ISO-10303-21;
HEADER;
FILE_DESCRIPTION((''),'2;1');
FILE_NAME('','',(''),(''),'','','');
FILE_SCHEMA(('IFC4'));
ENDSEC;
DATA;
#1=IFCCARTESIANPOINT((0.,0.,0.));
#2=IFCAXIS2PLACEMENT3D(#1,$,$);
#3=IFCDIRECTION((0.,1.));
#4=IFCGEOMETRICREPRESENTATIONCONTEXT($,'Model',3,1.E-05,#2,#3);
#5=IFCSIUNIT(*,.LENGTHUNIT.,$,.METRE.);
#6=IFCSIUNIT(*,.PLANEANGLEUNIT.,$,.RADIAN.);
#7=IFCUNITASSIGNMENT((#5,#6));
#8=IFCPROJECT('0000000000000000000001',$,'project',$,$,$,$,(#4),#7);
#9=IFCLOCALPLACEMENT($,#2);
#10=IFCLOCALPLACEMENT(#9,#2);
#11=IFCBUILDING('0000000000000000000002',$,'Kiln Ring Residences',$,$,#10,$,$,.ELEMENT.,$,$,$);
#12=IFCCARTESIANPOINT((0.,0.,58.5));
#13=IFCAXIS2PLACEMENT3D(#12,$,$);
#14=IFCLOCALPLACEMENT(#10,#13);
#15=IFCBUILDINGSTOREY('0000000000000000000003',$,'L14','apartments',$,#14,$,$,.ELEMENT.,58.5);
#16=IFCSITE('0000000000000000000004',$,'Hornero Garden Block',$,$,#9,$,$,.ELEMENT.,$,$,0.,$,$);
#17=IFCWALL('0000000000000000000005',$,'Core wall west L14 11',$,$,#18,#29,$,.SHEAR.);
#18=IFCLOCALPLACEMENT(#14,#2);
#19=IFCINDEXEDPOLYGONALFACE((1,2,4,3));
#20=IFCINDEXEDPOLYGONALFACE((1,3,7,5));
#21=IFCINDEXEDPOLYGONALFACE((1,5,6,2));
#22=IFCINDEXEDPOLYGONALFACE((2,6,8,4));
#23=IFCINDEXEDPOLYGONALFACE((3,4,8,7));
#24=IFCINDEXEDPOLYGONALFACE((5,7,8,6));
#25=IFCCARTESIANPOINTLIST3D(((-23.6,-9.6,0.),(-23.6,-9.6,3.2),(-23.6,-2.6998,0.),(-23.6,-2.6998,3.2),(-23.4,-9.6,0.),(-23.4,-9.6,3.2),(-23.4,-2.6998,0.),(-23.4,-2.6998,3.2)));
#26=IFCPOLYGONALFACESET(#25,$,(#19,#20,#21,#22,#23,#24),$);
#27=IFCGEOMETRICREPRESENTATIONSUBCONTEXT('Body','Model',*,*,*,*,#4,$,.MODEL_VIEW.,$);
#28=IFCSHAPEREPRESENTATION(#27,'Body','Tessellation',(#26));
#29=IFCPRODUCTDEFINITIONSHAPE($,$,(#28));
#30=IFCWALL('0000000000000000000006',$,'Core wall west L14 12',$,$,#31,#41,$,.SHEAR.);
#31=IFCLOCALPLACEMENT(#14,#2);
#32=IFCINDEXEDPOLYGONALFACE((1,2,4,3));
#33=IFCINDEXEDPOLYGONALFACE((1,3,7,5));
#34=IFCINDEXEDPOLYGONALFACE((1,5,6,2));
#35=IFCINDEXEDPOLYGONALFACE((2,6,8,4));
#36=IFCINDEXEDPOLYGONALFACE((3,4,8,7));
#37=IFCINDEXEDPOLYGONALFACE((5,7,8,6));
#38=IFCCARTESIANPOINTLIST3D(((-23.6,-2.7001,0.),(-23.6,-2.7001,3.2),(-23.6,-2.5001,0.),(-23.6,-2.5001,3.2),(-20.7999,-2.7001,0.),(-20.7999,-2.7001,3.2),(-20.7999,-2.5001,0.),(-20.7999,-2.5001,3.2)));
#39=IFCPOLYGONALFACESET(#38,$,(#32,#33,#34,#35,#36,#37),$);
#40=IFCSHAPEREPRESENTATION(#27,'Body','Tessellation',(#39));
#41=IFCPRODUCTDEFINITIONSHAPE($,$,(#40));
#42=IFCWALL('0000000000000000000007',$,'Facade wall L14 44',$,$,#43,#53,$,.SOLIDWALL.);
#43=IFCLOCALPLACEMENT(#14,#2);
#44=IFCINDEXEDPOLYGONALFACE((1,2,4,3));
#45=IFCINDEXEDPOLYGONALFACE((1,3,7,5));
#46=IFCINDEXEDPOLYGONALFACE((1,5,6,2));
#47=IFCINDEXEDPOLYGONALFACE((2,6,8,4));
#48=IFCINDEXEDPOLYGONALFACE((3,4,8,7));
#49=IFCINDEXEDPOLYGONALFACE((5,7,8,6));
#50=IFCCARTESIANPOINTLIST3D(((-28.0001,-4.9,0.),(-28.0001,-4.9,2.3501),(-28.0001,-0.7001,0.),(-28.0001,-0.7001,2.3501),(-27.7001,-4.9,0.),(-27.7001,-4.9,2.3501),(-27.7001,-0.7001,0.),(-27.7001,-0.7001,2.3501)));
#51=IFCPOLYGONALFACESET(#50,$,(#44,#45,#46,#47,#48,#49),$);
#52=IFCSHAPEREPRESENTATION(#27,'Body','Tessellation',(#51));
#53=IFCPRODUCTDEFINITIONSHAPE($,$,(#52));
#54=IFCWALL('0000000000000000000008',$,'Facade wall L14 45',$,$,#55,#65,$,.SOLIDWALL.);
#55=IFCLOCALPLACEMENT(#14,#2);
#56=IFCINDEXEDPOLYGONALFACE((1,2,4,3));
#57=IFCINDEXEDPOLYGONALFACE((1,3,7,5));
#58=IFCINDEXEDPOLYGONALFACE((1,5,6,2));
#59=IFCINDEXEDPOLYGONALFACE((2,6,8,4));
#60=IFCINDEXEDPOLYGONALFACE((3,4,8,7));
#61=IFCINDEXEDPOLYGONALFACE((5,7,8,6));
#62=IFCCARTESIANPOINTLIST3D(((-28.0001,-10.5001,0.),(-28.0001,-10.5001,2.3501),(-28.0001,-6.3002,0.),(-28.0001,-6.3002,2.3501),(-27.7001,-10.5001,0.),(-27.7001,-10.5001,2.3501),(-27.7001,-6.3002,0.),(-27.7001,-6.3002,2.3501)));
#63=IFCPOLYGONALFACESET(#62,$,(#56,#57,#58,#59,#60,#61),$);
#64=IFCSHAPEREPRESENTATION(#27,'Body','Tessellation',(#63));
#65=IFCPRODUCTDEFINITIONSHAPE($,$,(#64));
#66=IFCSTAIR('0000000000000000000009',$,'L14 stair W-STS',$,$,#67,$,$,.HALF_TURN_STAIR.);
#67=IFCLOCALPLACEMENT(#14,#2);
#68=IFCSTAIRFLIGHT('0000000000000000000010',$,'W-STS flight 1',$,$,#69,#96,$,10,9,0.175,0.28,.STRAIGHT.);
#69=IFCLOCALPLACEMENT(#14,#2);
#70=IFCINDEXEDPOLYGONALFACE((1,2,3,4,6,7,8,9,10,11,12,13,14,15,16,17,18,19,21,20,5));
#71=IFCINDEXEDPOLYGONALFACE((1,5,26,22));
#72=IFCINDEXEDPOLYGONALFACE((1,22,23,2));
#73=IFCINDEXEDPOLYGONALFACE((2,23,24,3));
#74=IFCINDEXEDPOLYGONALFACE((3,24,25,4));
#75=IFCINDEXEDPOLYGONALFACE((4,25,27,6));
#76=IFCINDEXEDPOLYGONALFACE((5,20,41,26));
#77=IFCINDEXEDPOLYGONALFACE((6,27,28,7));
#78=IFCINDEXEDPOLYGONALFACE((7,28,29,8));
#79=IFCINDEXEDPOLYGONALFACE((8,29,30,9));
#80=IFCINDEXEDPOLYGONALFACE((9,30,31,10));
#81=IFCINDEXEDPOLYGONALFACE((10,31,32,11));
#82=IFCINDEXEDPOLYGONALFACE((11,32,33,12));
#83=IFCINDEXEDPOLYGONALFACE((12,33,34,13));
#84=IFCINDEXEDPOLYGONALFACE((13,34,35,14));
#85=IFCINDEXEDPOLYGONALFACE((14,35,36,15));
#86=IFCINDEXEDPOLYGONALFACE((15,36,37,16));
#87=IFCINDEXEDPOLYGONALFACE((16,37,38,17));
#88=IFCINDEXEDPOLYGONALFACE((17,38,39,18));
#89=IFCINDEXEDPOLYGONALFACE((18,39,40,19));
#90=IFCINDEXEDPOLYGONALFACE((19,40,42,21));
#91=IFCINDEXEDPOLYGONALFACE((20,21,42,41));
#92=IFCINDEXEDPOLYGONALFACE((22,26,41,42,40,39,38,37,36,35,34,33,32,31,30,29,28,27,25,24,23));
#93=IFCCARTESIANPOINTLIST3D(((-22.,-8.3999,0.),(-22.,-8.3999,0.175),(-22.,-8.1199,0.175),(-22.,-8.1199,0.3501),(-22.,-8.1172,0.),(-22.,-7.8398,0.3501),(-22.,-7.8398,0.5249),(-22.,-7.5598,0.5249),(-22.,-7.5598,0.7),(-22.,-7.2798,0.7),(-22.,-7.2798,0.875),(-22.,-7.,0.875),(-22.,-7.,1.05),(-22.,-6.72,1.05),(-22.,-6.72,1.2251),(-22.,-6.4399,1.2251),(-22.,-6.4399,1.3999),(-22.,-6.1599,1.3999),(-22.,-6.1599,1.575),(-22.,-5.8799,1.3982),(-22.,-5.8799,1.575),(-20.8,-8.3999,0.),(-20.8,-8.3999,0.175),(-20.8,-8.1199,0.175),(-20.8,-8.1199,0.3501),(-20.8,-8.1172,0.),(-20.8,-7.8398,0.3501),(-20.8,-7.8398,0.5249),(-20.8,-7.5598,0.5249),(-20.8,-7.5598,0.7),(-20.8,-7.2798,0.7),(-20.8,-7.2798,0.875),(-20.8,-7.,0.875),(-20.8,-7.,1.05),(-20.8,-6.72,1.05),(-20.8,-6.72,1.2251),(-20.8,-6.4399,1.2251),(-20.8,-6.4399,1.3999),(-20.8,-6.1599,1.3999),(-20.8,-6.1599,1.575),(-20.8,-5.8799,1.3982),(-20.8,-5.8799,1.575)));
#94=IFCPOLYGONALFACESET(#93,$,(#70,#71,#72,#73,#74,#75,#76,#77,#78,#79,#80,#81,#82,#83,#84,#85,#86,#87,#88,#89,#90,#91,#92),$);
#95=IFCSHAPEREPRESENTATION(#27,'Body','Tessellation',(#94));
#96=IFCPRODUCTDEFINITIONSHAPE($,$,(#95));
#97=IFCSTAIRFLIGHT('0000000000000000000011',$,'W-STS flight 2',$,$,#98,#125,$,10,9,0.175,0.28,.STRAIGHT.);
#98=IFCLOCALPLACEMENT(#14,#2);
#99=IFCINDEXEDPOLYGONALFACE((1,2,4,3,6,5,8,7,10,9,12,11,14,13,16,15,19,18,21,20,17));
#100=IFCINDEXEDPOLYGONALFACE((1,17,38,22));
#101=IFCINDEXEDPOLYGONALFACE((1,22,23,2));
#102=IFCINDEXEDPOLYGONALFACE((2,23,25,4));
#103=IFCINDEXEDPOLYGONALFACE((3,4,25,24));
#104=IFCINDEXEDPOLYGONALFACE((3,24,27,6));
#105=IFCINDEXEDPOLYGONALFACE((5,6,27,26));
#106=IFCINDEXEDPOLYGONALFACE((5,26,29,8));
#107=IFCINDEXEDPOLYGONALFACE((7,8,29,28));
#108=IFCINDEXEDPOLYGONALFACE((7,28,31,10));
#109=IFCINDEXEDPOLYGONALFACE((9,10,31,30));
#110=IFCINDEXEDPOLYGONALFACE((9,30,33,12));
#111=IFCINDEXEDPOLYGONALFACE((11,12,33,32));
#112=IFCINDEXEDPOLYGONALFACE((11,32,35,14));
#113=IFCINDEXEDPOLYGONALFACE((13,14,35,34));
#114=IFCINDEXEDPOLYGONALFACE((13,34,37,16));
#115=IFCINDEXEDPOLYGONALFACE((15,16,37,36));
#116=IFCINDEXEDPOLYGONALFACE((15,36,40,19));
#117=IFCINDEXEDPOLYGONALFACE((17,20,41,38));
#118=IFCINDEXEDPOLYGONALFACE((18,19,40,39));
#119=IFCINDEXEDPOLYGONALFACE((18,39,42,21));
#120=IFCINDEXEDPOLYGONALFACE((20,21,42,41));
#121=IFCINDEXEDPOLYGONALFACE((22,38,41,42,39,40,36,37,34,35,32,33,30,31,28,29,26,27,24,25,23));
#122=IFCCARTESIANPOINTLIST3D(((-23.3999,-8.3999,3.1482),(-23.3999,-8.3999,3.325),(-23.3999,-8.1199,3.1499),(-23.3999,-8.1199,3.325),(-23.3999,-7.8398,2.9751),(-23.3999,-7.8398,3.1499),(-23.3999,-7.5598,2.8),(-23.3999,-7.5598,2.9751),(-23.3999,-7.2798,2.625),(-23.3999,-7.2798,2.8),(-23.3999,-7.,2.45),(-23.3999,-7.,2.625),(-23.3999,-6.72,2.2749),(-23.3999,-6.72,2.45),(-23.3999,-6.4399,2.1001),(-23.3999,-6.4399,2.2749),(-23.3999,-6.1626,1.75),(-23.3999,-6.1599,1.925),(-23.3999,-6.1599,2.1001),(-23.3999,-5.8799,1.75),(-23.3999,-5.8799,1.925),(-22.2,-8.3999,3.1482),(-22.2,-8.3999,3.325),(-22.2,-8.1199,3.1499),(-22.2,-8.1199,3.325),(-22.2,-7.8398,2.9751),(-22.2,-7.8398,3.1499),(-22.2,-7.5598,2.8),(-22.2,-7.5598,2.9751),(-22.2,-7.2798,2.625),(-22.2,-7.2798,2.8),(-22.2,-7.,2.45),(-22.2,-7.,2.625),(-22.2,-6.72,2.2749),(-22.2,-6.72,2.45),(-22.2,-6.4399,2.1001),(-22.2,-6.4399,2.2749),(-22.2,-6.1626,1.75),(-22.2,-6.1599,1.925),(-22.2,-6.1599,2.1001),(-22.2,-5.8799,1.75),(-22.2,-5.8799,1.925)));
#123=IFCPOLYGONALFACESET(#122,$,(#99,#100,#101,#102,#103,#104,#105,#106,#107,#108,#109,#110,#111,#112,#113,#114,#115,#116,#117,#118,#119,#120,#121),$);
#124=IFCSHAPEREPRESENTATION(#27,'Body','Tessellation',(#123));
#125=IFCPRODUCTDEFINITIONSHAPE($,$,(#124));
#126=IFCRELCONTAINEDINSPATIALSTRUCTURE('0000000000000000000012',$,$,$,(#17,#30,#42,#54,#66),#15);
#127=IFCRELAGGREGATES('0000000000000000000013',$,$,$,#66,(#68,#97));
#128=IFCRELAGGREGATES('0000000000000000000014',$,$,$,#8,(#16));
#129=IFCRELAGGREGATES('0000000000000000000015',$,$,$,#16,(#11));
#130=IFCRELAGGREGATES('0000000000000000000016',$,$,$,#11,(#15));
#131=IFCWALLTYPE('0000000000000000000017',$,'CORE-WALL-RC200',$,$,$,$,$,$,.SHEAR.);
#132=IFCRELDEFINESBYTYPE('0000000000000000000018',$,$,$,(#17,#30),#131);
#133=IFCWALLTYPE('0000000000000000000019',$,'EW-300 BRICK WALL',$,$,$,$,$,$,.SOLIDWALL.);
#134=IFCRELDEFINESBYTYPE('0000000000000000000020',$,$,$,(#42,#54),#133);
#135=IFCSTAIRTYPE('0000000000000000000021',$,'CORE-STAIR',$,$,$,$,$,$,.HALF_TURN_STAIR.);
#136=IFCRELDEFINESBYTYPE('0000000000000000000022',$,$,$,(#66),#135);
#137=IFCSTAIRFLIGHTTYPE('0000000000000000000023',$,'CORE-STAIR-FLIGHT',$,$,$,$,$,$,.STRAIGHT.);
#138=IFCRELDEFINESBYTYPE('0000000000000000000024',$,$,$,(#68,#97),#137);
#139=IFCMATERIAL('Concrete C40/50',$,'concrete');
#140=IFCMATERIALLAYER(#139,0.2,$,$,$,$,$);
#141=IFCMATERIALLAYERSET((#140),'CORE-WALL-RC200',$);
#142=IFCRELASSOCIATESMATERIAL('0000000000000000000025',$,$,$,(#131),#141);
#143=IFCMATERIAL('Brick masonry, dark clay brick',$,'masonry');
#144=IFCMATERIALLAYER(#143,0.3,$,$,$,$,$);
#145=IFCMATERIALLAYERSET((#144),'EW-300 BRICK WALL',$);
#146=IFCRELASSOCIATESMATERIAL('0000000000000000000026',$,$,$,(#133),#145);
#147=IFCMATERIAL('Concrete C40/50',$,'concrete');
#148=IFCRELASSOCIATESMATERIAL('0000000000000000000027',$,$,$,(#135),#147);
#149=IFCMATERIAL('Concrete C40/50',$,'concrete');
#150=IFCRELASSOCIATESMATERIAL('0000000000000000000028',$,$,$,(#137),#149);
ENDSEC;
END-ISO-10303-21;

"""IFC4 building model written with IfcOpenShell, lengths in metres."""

from ifc_helpers import new_model, si_unit, direction, frame, frame_2d, origin, place, context, subcontext, project, spatial, polyline, rectangle, outline, extrude, material, layer, layer_set, type_object, element, aggregate, save


model = new_model("IFC4")

# Units and contexts
model_context = context("Model", 3, precision=1e-05, world=origin(), true_north=direction((0.0, 1.0)))
body_context = subcontext(model_context, "Body", "Model", "MODEL_VIEW")
ifc_project = project(units=[si_unit("LENGTHUNIT", "METRE"), si_unit("PLANEANGLEUNIT", "RADIAN")], contexts=[model_context])

# Site, building, storey
site_placement = place(None, origin())
site = spatial("IfcSite", under=ifc_project, at=site_placement, Name="Hornero Garden Block", CompositionType="ELEMENT", RefElevation=0.0)
building_placement = place(site_placement, origin())
building = spatial("IfcBuilding", under=site, at=building_placement, Name="Kiln Ring Residences", CompositionType="ELEMENT")
storey_placement = place(building_placement, frame((0.0, 0.0, 58.5)))
storey = spatial("IfcBuildingStorey", under=building, at=storey_placement, Name="L14", Description="apartments", CompositionType="ELEMENT", Elevation=58.5)

# Shared definitions
ifc_material_1 = material(Name="Concrete C40/50", Category="concrete")
ifc_layer_1 = layer(ifc_material_1, 0.2)
ifc_layer_set_1 = layer_set([ifc_layer_1], Name="CORE-WALL-RC200")
wall_type_1 = type_object("IfcWallType", Name="CORE-WALL-RC200", PredefinedType="SHEAR", material=ifc_layer_set_1)

# Walls
wall_1_placement = place(storey_placement, frame((-23.5, -9.6001, 0.0), z_axis=(0.0, 0.0, 1.0), x_axis=(0.0, 1.0, 0.0)))
element("IfcWall", 1, at=wall_1_placement, inside=storey, type_object=wall_type_1, Name="Core wall west L14 11", PredefinedType="SHEAR", context=body_context, shape_type="SweptSolid", body=[
    extrude(rectangle(XDim=6.9001, YDim=0.2, at=frame_2d((3.4502, 0.0))), origin(), (0.0, 0.0, 1.0), 3.2),
])
wall_2_placement = place(storey_placement, frame((-20.8, -2.6001, 0.0), z_axis=(0.0, 0.0, 1.0), x_axis=(-1.0, 0.0, 0.0)))
element("IfcWall", 2, at=wall_2_placement, inside=storey, type_object=wall_type_1, Name="Core wall west L14 12", PredefinedType="SHEAR", context=body_context, shape_type="SweptSolid", body=[
    extrude(rectangle(XDim=2.8, YDim=0.2, at=frame_2d((1.3999, 0.0))), origin(), (0.0, 0.0, 1.0), 3.2),
])
ifc_material_2 = material(Name="Brick masonry, dark clay brick", Category="masonry")
ifc_layer_2 = layer(ifc_material_2, 0.3)
ifc_layer_set_2 = layer_set([ifc_layer_2], Name="EW-300 BRICK WALL")
wall_type_2 = type_object("IfcWallType", Name="EW-300 BRICK WALL", PredefinedType="SOLIDWALL", material=ifc_layer_set_2)
for number, where, z_axis, x_axis, name in (
    (3, (-27.8501, -0.7, 0.0), (0.0, 0.0, 1.0), (0.0, -1.0, 0.0), "Facade wall L14 44"),
    (4, (-27.8501, -6.3, 0.0), (0.0, 0.0, 1.0), (0.0, -1.0, 0.0), "Facade wall L14 45"),
):
    element("IfcWall", number, at=place(storey_placement, frame(where, z_axis=z_axis, x_axis=x_axis)), inside=storey, type_object=wall_type_2, Name=name, PredefinedType="SOLIDWALL", context=body_context, shape_type="SweptSolid", body=[
        extrude(rectangle(XDim=4.2, YDim=0.3, at=frame_2d((2.1001, 0.0))), origin(), (0.0, 0.0, 1.0), 2.3501),
    ])

# Stair, stair flights
ifc_material_3 = material(Name="Concrete C40/50", Category="concrete")
stair_type = type_object("IfcStairType", Name="CORE-STAIR", PredefinedType="HALF_TURN_STAIR", material=ifc_material_3)
stair_placement = place(storey_placement, origin())
stair = element("IfcStair", 5, at=stair_placement, inside=storey, type_object=stair_type, Name="L14 stair W-STS", PredefinedType="HALF_TURN_STAIR")
ifc_material_4 = material(Name="Concrete C40/50", Category="concrete")
stair_flight_type = type_object("IfcStairFlightType", Name="CORE-STAIR-FLIGHT", PredefinedType="STRAIGHT", material=ifc_material_4)
stair_flight_1_placement = place(storey_placement, frame((-21.3999, -8.3999, 0.0), z_axis=(0.0, 0.0, 1.0), x_axis=(0.0, 1.0, 0.0)))
stair_flight_1 = element("IfcStairFlight", 6, at=stair_flight_1_placement, type_object=stair_flight_type, Name="W-STS flight 1", NumberOfRisers=10, NumberOfTreads=9, PredefinedType="STRAIGHT", RiserHeight=0.175, TreadLength=0.28, context=body_context, shape_type="SweptSolid", body=[
    extrude(outline(polyline([(0.0, 0.0), (0.0, 0.175), (0.28, 0.175), (0.28, 0.3501), (0.5601, 0.3501), (0.5601, 0.5249), (0.8401, 0.5249), (0.8401, 0.7), (1.1201, 0.7), (1.1201, 0.875), (1.3999, 0.875), (1.3999, 1.05), (1.6799, 1.05), (1.6799, 1.2251), (1.96, 1.2251), (1.96, 1.3999), (2.24, 1.3999), (2.24, 1.575), (2.52, 1.575), (2.52, 1.75), (2.52, 1.3982), (0.2827, 0.0), (0.0, 0.0)])), frame((0.0, 0.6001, 0.0), z_axis=(0.0, -1.0, 0.0), x_axis=(1.0, 0.0, 0.0)), (0.0, 0.0, 1.0), 1.2),
])
stair_flight_2_placement = place(storey_placement, frame((-22.8, -5.8799, 1.75), z_axis=(0.0, 0.0, 1.0), x_axis=(0.0, -1.0, 0.0)))
stair_flight_2 = element("IfcStairFlight", 7, at=stair_flight_2_placement, type_object=stair_flight_type, Name="W-STS flight 2", NumberOfRisers=10, NumberOfTreads=9, PredefinedType="STRAIGHT", RiserHeight=0.175, TreadLength=0.28, context=body_context, shape_type="SweptSolid", body=[
    extrude(outline(polyline([(0.0, 0.0), (0.0, 0.175), (0.28, 0.175), (0.28, 0.3501), (0.5601, 0.3501), (0.5601, 0.5249), (0.8401, 0.5249), (0.8401, 0.7), (1.1201, 0.7), (1.1201, 0.875), (1.3999, 0.875), (1.3999, 1.05), (1.6799, 1.05), (1.6799, 1.2251), (1.96, 1.2251), (1.96, 1.3999), (2.24, 1.3999), (2.24, 1.575), (2.52, 1.575), (2.52, 1.75), (2.52, 1.3982), (0.2827, 0.0), (0.0, 0.0)])), frame((0.0, 0.6001, 0.0), z_axis=(0.0, -1.0, 0.0), x_axis=(1.0, 0.0, 0.0)), (0.0, 0.0, 1.0), 1.2),
])
aggregate(stair, [stair_flight_1, stair_flight_2])

save(model, "model.ifc")
